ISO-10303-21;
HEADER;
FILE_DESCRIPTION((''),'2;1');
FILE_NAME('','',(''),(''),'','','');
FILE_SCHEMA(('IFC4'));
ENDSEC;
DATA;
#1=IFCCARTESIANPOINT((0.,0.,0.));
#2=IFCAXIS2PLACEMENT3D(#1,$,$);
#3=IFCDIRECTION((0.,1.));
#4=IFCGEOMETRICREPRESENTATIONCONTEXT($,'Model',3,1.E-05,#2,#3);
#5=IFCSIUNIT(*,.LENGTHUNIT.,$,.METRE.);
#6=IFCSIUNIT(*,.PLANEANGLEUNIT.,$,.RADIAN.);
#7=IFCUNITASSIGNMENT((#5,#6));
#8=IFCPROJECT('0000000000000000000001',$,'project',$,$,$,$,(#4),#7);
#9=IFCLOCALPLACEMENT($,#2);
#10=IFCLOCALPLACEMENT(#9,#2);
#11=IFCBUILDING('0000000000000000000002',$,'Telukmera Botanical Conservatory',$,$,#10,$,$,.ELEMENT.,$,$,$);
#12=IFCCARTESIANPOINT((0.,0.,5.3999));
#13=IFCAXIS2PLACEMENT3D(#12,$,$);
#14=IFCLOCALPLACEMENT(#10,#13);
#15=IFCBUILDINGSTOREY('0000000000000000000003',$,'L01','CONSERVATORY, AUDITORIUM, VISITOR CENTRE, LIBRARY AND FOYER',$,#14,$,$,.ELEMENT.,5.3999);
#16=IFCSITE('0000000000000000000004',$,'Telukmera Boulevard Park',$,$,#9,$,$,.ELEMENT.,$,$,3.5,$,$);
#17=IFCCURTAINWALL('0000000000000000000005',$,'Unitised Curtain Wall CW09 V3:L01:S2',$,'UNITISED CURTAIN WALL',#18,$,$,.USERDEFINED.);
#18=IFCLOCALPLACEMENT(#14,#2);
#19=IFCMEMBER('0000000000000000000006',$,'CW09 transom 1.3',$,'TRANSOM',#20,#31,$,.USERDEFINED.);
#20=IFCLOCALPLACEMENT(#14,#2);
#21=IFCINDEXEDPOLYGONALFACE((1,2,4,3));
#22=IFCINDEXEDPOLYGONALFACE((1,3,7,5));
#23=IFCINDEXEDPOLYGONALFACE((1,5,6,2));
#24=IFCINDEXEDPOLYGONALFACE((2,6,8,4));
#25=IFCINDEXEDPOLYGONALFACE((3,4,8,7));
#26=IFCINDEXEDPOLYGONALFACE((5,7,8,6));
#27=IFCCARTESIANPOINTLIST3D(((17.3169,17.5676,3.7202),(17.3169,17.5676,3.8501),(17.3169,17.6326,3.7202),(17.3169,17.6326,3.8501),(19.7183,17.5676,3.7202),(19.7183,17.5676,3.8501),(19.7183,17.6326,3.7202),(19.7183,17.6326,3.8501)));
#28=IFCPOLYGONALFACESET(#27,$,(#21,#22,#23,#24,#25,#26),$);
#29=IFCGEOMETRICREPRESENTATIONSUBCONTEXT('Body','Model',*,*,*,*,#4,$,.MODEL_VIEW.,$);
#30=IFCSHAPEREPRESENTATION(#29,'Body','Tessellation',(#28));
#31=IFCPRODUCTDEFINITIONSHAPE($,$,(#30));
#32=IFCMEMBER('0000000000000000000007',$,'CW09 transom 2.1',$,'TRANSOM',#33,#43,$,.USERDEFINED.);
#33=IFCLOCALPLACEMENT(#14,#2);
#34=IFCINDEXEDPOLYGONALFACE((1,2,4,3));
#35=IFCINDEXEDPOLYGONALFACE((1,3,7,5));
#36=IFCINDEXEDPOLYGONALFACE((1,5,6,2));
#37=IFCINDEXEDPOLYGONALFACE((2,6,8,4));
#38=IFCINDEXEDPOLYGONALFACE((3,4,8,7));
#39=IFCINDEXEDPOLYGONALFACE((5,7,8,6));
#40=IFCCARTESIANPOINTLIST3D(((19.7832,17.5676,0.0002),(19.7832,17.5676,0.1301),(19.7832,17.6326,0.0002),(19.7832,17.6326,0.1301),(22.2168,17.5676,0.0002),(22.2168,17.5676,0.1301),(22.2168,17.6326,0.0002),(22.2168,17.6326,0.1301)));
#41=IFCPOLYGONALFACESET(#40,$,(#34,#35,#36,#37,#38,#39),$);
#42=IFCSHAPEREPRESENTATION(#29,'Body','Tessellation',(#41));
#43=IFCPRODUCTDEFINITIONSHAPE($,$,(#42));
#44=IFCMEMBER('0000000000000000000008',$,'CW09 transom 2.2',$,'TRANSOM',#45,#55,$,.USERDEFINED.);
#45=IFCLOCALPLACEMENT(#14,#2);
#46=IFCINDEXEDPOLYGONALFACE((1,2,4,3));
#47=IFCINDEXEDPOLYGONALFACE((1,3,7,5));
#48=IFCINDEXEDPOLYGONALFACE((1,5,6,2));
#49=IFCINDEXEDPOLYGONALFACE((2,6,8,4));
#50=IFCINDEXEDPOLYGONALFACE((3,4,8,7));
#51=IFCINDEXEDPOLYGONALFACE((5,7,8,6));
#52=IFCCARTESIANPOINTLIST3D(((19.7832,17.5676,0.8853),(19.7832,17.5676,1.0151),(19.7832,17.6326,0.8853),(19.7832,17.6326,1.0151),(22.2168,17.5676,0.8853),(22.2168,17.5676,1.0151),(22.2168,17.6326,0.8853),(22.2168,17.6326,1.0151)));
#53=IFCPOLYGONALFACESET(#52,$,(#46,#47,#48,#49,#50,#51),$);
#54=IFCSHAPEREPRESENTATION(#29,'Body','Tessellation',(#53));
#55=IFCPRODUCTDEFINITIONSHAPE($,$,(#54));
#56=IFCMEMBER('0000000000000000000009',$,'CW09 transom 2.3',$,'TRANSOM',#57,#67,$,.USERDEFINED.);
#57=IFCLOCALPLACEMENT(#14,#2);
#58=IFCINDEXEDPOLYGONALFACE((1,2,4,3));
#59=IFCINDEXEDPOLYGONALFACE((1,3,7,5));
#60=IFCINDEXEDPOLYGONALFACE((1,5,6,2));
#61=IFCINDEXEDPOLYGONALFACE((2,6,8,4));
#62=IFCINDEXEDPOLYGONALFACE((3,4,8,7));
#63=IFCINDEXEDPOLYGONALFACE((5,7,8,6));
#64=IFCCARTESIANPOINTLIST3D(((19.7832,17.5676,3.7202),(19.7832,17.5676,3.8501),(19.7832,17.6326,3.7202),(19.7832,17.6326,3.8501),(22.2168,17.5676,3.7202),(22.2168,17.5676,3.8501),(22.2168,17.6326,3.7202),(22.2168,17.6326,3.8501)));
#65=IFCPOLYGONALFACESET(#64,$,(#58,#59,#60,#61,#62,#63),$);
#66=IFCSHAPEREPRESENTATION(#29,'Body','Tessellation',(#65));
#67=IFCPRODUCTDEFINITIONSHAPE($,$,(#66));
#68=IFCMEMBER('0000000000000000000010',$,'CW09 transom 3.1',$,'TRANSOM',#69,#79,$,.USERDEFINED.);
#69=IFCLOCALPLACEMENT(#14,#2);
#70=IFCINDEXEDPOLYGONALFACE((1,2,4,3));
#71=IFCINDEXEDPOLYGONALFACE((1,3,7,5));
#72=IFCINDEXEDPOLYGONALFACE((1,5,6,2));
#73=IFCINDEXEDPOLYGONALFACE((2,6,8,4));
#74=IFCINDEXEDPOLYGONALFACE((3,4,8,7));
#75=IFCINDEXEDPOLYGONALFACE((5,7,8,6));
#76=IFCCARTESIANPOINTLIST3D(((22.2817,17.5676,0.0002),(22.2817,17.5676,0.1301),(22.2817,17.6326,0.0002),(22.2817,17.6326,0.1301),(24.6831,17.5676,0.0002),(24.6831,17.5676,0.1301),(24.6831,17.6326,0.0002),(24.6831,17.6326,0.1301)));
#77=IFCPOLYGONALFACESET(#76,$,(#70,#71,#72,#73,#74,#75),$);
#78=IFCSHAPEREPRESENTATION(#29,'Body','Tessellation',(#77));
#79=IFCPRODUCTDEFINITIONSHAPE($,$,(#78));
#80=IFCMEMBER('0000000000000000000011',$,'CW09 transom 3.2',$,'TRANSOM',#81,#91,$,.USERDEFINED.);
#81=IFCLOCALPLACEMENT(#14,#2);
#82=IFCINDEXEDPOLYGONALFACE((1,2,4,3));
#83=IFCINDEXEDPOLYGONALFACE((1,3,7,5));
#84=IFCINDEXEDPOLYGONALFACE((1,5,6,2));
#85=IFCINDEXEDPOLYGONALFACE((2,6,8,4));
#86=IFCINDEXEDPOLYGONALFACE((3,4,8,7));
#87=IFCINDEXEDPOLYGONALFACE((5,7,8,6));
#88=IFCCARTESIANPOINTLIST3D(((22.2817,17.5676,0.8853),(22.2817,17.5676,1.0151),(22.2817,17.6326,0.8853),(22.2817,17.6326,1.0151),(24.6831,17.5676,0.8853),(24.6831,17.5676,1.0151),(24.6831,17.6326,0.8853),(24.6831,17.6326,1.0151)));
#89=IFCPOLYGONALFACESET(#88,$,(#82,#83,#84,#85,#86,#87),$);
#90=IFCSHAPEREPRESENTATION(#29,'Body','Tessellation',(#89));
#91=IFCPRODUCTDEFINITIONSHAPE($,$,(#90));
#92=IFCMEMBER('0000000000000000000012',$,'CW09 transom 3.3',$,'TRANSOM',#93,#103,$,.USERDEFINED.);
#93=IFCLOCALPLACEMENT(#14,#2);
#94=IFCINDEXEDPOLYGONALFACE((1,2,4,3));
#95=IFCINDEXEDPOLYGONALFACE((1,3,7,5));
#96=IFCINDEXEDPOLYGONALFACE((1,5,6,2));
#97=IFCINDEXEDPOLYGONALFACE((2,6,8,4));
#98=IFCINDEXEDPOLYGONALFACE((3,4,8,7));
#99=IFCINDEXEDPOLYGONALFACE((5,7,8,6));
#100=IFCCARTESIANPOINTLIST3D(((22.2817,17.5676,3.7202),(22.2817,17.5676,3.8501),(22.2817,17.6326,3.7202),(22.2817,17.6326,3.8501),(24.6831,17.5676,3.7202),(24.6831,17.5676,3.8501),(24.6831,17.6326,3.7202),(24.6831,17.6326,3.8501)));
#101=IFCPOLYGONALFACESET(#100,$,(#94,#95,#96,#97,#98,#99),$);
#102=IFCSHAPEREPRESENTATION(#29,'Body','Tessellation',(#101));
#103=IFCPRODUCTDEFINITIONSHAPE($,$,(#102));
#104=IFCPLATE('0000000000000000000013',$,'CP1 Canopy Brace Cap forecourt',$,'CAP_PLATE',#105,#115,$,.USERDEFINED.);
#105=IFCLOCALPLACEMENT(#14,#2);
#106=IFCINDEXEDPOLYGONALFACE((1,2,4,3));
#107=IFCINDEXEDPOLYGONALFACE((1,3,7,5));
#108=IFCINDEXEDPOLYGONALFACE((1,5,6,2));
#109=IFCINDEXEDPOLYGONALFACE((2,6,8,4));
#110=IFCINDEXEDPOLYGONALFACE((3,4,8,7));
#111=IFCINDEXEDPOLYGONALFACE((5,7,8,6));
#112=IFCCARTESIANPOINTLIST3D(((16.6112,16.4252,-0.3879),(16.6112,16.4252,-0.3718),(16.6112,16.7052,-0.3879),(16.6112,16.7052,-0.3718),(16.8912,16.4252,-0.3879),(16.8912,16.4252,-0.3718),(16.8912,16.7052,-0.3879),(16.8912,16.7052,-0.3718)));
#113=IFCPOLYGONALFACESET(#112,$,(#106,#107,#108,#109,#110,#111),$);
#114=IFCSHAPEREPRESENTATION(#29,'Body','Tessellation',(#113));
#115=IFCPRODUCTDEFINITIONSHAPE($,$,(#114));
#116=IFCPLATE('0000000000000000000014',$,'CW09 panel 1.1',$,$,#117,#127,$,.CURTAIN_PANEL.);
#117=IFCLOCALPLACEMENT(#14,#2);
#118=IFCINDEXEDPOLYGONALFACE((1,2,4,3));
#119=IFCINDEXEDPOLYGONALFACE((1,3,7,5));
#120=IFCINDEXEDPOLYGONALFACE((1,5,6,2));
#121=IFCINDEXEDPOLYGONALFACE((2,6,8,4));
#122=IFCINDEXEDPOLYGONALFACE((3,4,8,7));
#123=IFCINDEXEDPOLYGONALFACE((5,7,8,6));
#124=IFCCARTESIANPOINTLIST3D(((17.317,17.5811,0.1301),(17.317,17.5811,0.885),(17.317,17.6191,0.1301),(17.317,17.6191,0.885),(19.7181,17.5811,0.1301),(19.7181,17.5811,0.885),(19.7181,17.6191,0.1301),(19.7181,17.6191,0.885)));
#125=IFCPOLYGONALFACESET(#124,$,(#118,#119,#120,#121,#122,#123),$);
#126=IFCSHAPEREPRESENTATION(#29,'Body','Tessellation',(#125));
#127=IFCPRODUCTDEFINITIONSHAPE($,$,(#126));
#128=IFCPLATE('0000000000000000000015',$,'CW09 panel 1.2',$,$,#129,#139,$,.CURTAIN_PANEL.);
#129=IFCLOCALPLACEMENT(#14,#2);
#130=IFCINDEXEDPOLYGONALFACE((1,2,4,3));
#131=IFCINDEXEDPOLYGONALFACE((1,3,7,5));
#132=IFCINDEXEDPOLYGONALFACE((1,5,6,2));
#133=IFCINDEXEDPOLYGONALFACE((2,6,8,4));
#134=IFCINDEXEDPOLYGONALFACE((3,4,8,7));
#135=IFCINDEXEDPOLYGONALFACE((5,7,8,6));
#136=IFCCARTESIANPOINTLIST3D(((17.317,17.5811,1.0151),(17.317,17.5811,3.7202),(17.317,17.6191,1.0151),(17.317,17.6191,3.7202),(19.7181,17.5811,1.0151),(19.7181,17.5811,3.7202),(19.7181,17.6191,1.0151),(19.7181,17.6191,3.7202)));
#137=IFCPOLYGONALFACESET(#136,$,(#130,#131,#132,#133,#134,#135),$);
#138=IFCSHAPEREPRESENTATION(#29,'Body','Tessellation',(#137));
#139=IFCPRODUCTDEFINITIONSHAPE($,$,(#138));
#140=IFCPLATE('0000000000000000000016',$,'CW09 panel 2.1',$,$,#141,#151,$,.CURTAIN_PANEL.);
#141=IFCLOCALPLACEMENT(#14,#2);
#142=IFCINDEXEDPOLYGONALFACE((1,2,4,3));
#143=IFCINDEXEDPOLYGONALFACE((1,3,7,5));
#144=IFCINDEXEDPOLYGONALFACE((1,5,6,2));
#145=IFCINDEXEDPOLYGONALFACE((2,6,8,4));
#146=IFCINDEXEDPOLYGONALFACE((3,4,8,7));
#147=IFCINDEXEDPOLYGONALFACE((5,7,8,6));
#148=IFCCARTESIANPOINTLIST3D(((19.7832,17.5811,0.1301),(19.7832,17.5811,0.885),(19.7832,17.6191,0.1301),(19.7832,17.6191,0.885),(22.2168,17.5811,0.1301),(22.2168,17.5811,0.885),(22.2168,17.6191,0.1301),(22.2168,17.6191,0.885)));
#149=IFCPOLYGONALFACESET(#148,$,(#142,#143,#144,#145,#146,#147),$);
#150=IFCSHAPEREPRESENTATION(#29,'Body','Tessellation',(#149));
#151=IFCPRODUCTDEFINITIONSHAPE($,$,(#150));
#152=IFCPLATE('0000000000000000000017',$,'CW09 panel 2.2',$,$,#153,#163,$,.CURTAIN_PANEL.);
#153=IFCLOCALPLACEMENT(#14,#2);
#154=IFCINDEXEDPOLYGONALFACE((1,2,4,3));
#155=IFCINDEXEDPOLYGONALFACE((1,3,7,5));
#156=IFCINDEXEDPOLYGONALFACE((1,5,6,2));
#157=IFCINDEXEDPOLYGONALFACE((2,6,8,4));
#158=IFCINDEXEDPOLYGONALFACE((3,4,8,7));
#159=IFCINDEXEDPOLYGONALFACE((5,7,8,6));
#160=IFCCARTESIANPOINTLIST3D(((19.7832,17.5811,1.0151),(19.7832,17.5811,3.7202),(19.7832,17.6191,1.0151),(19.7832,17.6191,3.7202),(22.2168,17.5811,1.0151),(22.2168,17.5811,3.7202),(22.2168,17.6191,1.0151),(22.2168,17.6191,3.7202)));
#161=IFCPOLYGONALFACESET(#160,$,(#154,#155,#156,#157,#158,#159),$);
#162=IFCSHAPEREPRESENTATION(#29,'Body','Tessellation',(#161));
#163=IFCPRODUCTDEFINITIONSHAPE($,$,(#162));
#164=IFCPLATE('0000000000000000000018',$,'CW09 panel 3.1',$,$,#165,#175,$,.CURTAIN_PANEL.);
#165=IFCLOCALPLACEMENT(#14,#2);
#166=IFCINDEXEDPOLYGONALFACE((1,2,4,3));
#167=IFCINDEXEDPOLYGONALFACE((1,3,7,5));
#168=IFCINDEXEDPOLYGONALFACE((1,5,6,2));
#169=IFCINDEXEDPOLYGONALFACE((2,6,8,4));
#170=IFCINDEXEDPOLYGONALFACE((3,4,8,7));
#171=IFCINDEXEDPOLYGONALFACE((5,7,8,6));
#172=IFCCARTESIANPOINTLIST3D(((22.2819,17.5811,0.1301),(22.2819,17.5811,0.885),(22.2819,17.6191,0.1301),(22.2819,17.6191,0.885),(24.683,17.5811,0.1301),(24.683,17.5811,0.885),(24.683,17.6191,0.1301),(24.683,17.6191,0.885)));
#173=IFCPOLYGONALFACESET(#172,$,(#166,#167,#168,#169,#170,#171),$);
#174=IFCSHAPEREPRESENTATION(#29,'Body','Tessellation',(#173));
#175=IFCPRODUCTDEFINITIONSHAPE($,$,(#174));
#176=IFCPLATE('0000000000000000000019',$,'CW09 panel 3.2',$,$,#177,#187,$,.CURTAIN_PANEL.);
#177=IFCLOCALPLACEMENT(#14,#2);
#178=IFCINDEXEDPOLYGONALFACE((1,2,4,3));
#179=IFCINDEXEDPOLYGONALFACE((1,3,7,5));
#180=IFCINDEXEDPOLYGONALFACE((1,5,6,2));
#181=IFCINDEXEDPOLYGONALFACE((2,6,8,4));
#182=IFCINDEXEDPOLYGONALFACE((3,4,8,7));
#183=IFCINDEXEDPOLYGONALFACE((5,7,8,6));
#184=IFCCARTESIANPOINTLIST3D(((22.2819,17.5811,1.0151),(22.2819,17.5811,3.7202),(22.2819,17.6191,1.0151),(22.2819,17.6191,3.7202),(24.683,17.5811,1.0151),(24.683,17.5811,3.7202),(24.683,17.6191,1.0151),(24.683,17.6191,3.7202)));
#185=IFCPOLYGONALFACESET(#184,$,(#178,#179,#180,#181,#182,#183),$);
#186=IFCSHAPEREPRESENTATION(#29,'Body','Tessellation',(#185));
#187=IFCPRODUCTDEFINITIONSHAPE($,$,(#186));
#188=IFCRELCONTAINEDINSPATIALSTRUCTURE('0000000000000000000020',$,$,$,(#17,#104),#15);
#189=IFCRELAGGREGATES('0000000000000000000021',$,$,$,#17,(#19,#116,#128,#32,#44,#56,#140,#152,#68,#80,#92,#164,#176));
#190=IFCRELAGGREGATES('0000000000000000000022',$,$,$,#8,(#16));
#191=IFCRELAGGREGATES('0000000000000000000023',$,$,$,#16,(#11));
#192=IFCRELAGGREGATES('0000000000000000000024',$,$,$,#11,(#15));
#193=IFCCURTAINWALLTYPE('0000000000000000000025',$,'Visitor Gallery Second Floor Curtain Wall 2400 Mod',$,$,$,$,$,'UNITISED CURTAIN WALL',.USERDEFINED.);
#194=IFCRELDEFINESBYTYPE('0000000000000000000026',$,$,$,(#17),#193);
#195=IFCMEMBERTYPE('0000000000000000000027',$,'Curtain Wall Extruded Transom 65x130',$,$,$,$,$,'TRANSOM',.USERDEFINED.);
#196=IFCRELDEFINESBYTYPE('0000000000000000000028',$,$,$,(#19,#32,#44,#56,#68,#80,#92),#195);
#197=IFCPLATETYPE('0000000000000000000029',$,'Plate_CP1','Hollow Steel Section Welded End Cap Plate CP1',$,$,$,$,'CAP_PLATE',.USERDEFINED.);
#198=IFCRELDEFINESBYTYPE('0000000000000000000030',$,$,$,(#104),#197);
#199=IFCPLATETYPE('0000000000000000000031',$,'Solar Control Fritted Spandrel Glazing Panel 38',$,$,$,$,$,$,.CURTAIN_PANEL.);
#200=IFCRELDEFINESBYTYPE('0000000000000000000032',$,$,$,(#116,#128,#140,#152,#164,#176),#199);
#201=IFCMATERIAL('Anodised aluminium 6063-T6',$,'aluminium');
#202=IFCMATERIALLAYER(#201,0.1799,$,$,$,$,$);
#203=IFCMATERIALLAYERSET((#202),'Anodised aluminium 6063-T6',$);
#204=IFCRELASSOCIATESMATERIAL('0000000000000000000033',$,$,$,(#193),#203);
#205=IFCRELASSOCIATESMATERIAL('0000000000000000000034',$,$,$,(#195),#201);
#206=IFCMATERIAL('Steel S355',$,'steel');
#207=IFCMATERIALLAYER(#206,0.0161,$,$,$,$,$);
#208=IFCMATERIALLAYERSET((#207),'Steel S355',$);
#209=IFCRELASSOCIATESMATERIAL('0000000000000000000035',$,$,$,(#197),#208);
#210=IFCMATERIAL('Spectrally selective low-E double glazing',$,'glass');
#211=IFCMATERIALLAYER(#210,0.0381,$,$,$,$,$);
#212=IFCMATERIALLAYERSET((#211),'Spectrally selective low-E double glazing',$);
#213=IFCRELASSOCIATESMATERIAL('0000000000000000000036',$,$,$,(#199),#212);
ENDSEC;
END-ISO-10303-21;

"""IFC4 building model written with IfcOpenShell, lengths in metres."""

from ifc_helpers import new_model, si_unit, direction, frame, origin, origin_2d, place, context, subcontext, project, spatial, rectangle, extrude, material, layer, layer_set, material_profile, profile_set, type_object, element, aggregate, save


model = new_model("IFC4")

# Units and contexts
model_context = context("Model", 3, precision=1e-05, world=origin(), true_north=direction((0.0, 1.0)))
body_context = subcontext(model_context, "Body", "Model", "MODEL_VIEW")
ifc_project = project(units=[si_unit("LENGTHUNIT", "METRE"), si_unit("PLANEANGLEUNIT", "RADIAN")], contexts=[model_context])

# Site, building, storey
site_placement = place(None, origin())
site = spatial("IfcSite", under=ifc_project, at=site_placement, Name="Telukmera Boulevard Park", CompositionType="ELEMENT", RefElevation=3.5)
building_placement = place(site_placement, origin())
building = spatial("IfcBuilding", under=site, at=building_placement, Name="Telukmera Botanical Conservatory", CompositionType="ELEMENT")
storey_placement = place(building_placement, frame((0.0, 0.0, 5.3999)))
storey = spatial("IfcBuildingStorey", under=building, at=storey_placement, Name="L01", Description="CONSERVATORY, AUDITORIUM, VISITOR CENTRE, LIBRARY AND FOYER", CompositionType="ELEMENT", Elevation=5.3999)

# Shared definitions
ifc_material_1 = material(Name="Steel S355", Category="steel")

# Shared definitions
ifc_material_2 = material(Name="Anodised aluminium 6063-T6", Category="aluminium")

# Curtain wall, members
ifc_layer_1 = layer(ifc_material_2, 0.1799)
ifc_layer_set_1 = layer_set([ifc_layer_1], Name="Anodised aluminium 6063-T6")
curtain_wall_type_1 = type_object("IfcCurtainWallType", Name="Visitor Gallery Second Floor Curtain Wall 2400 Mod", ElementType="UNITISED CURTAIN WALL", PredefinedType="USERDEFINED", material=ifc_layer_set_1)
curtain_wall_1_placement = place(storey_placement, origin())
curtain_wall_1 = element("IfcCurtainWall", 1, at=curtain_wall_1_placement, inside=storey, type_object=curtain_wall_type_1, Name="Unitised Curtain Wall CW09 V3:L01:S2", ObjectType="UNITISED CURTAIN WALL", PredefinedType="USERDEFINED")
ifc_material_profile_1 = material_profile(ifc_material_2, rectangle(XDim=0.0649, YDim=0.1299, at=origin_2d()), Name="ALU TRAN 65x130")
ifc_profile_set_1 = profile_set([ifc_material_profile_1], Name="Anodised aluminium 6063-T6")
member_type_1 = type_object("IfcMemberType", Name="Curtain Wall Extruded Transom 65x130", ElementType="TRANSOM", PredefinedType="USERDEFINED", material=ifc_profile_set_1)
member_1_placement = place(storey_placement, frame((17.3169, 17.6001, 3.7852), z_axis=(1.0, 0.0, 0.0), x_axis=(0.0, 1.0, 0.0)))
member_1 = element("IfcMember", 2, at=member_1_placement, type_object=member_type_1, Name="CW09 transom 1.3", ObjectType="TRANSOM", PredefinedType="USERDEFINED", context=body_context, shape_type="SweptSolid", body=[
    extrude(rectangle(XDim=0.0649, YDim=0.1299, at=origin_2d()), origin(), (0.0, 0.0, 1.0), 2.4014),
])
member_2_placement = place(storey_placement, frame((19.7832, 17.6001, 0.0652), z_axis=(1.0, 0.0, 0.0), x_axis=(0.0, 1.0, 0.0)))
member_2 = element("IfcMember", 3, at=member_2_placement, type_object=member_type_1, Name="CW09 transom 2.1", ObjectType="TRANSOM", PredefinedType="USERDEFINED", context=body_context, shape_type="SweptSolid", body=[
    extrude(rectangle(XDim=0.0649, YDim=0.1299, at=origin_2d()), origin(), (0.0, 0.0, 1.0), 2.4336),
])
member_3_placement = place(storey_placement, frame((19.7832, 17.6001, 0.9502), z_axis=(1.0, 0.0, 0.0), x_axis=(0.0, 1.0, 0.0)))
member_3 = element("IfcMember", 4, at=member_3_placement, type_object=member_type_1, Name="CW09 transom 2.2", ObjectType="TRANSOM", PredefinedType="USERDEFINED", context=body_context, shape_type="SweptSolid", body=[
    extrude(rectangle(XDim=0.0649, YDim=0.1299, at=origin_2d()), origin(), (0.0, 0.0, 1.0), 2.4336),
])
member_4_placement = place(storey_placement, frame((19.7832, 17.6001, 3.7852), z_axis=(1.0, 0.0, 0.0), x_axis=(0.0, 1.0, 0.0)))
member_4 = element("IfcMember", 5, at=member_4_placement, type_object=member_type_1, Name="CW09 transom 2.3", ObjectType="TRANSOM", PredefinedType="USERDEFINED", context=body_context, shape_type="SweptSolid", body=[
    extrude(rectangle(XDim=0.0649, YDim=0.1299, at=origin_2d()), origin(), (0.0, 0.0, 1.0), 2.4336),
])
member_5_placement = place(storey_placement, frame((22.2817, 17.6001, 0.0652), z_axis=(1.0, 0.0, 0.0), x_axis=(0.0, 1.0, 0.0)))
member_5 = element("IfcMember", 6, at=member_5_placement, type_object=member_type_1, Name="CW09 transom 3.1", ObjectType="TRANSOM", PredefinedType="USERDEFINED", context=body_context, shape_type="SweptSolid", body=[
    extrude(rectangle(XDim=0.0649, YDim=0.1299, at=origin_2d()), origin(), (0.0, 0.0, 1.0), 2.4014),
])
member_6_placement = place(storey_placement, frame((22.2817, 17.6001, 0.9502), z_axis=(1.0, 0.0, 0.0), x_axis=(0.0, 1.0, 0.0)))
member_6 = element("IfcMember", 7, at=member_6_placement, type_object=member_type_1, Name="CW09 transom 3.2", ObjectType="TRANSOM", PredefinedType="USERDEFINED", context=body_context, shape_type="SweptSolid", body=[
    extrude(rectangle(XDim=0.0649, YDim=0.1299, at=origin_2d()), origin(), (0.0, 0.0, 1.0), 2.4014),
])
member_7_placement = place(storey_placement, frame((22.2817, 17.6001, 3.7852), z_axis=(1.0, 0.0, 0.0), x_axis=(0.0, 1.0, 0.0)))
member_7 = element("IfcMember", 8, at=member_7_placement, type_object=member_type_1, Name="CW09 transom 3.3", ObjectType="TRANSOM", PredefinedType="USERDEFINED", context=body_context, shape_type="SweptSolid", body=[
    extrude(rectangle(XDim=0.0649, YDim=0.1299, at=origin_2d()), origin(), (0.0, 0.0, 1.0), 2.4014),
])

# Plates
ifc_layer_2 = layer(ifc_material_1, 0.0161)
ifc_layer_set_2 = layer_set([ifc_layer_2], Name="Steel S355")
plate_type_1 = type_object("IfcPlateType", Name="Plate_CP1", Description="Hollow Steel Section Welded End Cap Plate CP1", ElementType="CAP_PLATE", PredefinedType="USERDEFINED", material=ifc_layer_set_2)
plate_1_placement = place(storey_placement, frame((16.7512, 16.5652, -0.3879), z_axis=(0.0, 0.0, 1.0), x_axis=(1.0, 0.0, 0.0)))
element("IfcPlate", 9, at=plate_1_placement, inside=storey, type_object=plate_type_1, Name="CP1 Canopy Brace Cap forecourt", ObjectType="CAP_PLATE", PredefinedType="USERDEFINED", context=body_context, shape_type="SweptSolid", body=[
    extrude(rectangle(XDim=0.28, YDim=0.28, at=origin_2d()), origin(), (0.0, 0.0, 1.0), 0.0161),
])
ifc_material_3 = material(Name="Spectrally selective low-E double glazing", Category="glass")
ifc_layer_3 = layer(ifc_material_3, 0.0381)
ifc_layer_set_3 = layer_set([ifc_layer_3], Name="Spectrally selective low-E double glazing")
plate_type_2 = type_object("IfcPlateType", Name="Solar Control Fritted Spandrel Glazing Panel 38", PredefinedType="CURTAIN_PANEL", material=ifc_layer_set_3)
plate_2_placement = place(storey_placement, frame((18.5176, 17.6001, 0.1301), z_axis=(0.0, 0.0, 1.0), x_axis=(1.0, 0.0, 0.0)))
plate_2 = element("IfcPlate", 10, at=plate_2_placement, type_object=plate_type_2, Name="CW09 panel 1.1", PredefinedType="CURTAIN_PANEL", context=body_context, shape_type="SweptSolid", body=[
    extrude(rectangle(XDim=2.4011, YDim=0.0381, at=origin_2d()), origin(), (0.0, 0.0, 1.0), 0.7549),
])
plate_3_placement = place(storey_placement, frame((18.5176, 17.6001, 1.0151), z_axis=(0.0, 0.0, 1.0), x_axis=(1.0, 0.0, 0.0)))
plate_3 = element("IfcPlate", 11, at=plate_3_placement, type_object=plate_type_2, Name="CW09 panel 1.2", PredefinedType="CURTAIN_PANEL", context=body_context, shape_type="SweptSolid", body=[
    extrude(rectangle(XDim=2.4011, YDim=0.0381, at=origin_2d()), origin(), (0.0, 0.0, 1.0), 2.7051),
])
plate_4_placement = place(storey_placement, frame((21.0, 17.6001, 0.1301), z_axis=(0.0, 0.0, 1.0), x_axis=(1.0, 0.0, 0.0)))
plate_4 = element("IfcPlate", 12, at=plate_4_placement, type_object=plate_type_2, Name="CW09 panel 2.1", PredefinedType="CURTAIN_PANEL", context=body_context, shape_type="SweptSolid", body=[
    extrude(rectangle(XDim=2.4336, YDim=0.0381, at=origin_2d()), origin(), (0.0, 0.0, 1.0), 0.7549),
])
plate_5_placement = place(storey_placement, frame((21.0, 17.6001, 1.0151), z_axis=(0.0, 0.0, 1.0), x_axis=(1.0, 0.0, 0.0)))
plate_5 = element("IfcPlate", 13, at=plate_5_placement, type_object=plate_type_2, Name="CW09 panel 2.2", PredefinedType="CURTAIN_PANEL", context=body_context, shape_type="SweptSolid", body=[
    extrude(rectangle(XDim=2.4336, YDim=0.0381, at=origin_2d()), origin(), (0.0, 0.0, 1.0), 2.7051),
])
plate_6_placement = place(storey_placement, frame((23.4824, 17.6001, 0.1301), z_axis=(0.0, 0.0, 1.0), x_axis=(1.0, 0.0, 0.0)))
plate_6 = element("IfcPlate", 14, at=plate_6_placement, type_object=plate_type_2, Name="CW09 panel 3.1", PredefinedType="CURTAIN_PANEL", context=body_context, shape_type="SweptSolid", body=[
    extrude(rectangle(XDim=2.4011, YDim=0.0381, at=origin_2d()), origin(), (0.0, 0.0, 1.0), 0.7549),
])
plate_7_placement = place(storey_placement, frame((23.4824, 17.6001, 1.0151), z_axis=(0.0, 0.0, 1.0), x_axis=(1.0, 0.0, 0.0)))
plate_7 = element("IfcPlate", 15, at=plate_7_placement, type_object=plate_type_2, Name="CW09 panel 3.2", PredefinedType="CURTAIN_PANEL", context=body_context, shape_type="SweptSolid", body=[
    extrude(rectangle(XDim=2.4011, YDim=0.0381, at=origin_2d()), origin(), (0.0, 0.0, 1.0), 2.7051),
])
aggregate(curtain_wall_1, [member_1, plate_2, plate_3, member_2, member_3, member_4, plate_4, plate_5, member_5, member_6, member_7, plate_6, plate_7])

save(model, "model.ifc")
